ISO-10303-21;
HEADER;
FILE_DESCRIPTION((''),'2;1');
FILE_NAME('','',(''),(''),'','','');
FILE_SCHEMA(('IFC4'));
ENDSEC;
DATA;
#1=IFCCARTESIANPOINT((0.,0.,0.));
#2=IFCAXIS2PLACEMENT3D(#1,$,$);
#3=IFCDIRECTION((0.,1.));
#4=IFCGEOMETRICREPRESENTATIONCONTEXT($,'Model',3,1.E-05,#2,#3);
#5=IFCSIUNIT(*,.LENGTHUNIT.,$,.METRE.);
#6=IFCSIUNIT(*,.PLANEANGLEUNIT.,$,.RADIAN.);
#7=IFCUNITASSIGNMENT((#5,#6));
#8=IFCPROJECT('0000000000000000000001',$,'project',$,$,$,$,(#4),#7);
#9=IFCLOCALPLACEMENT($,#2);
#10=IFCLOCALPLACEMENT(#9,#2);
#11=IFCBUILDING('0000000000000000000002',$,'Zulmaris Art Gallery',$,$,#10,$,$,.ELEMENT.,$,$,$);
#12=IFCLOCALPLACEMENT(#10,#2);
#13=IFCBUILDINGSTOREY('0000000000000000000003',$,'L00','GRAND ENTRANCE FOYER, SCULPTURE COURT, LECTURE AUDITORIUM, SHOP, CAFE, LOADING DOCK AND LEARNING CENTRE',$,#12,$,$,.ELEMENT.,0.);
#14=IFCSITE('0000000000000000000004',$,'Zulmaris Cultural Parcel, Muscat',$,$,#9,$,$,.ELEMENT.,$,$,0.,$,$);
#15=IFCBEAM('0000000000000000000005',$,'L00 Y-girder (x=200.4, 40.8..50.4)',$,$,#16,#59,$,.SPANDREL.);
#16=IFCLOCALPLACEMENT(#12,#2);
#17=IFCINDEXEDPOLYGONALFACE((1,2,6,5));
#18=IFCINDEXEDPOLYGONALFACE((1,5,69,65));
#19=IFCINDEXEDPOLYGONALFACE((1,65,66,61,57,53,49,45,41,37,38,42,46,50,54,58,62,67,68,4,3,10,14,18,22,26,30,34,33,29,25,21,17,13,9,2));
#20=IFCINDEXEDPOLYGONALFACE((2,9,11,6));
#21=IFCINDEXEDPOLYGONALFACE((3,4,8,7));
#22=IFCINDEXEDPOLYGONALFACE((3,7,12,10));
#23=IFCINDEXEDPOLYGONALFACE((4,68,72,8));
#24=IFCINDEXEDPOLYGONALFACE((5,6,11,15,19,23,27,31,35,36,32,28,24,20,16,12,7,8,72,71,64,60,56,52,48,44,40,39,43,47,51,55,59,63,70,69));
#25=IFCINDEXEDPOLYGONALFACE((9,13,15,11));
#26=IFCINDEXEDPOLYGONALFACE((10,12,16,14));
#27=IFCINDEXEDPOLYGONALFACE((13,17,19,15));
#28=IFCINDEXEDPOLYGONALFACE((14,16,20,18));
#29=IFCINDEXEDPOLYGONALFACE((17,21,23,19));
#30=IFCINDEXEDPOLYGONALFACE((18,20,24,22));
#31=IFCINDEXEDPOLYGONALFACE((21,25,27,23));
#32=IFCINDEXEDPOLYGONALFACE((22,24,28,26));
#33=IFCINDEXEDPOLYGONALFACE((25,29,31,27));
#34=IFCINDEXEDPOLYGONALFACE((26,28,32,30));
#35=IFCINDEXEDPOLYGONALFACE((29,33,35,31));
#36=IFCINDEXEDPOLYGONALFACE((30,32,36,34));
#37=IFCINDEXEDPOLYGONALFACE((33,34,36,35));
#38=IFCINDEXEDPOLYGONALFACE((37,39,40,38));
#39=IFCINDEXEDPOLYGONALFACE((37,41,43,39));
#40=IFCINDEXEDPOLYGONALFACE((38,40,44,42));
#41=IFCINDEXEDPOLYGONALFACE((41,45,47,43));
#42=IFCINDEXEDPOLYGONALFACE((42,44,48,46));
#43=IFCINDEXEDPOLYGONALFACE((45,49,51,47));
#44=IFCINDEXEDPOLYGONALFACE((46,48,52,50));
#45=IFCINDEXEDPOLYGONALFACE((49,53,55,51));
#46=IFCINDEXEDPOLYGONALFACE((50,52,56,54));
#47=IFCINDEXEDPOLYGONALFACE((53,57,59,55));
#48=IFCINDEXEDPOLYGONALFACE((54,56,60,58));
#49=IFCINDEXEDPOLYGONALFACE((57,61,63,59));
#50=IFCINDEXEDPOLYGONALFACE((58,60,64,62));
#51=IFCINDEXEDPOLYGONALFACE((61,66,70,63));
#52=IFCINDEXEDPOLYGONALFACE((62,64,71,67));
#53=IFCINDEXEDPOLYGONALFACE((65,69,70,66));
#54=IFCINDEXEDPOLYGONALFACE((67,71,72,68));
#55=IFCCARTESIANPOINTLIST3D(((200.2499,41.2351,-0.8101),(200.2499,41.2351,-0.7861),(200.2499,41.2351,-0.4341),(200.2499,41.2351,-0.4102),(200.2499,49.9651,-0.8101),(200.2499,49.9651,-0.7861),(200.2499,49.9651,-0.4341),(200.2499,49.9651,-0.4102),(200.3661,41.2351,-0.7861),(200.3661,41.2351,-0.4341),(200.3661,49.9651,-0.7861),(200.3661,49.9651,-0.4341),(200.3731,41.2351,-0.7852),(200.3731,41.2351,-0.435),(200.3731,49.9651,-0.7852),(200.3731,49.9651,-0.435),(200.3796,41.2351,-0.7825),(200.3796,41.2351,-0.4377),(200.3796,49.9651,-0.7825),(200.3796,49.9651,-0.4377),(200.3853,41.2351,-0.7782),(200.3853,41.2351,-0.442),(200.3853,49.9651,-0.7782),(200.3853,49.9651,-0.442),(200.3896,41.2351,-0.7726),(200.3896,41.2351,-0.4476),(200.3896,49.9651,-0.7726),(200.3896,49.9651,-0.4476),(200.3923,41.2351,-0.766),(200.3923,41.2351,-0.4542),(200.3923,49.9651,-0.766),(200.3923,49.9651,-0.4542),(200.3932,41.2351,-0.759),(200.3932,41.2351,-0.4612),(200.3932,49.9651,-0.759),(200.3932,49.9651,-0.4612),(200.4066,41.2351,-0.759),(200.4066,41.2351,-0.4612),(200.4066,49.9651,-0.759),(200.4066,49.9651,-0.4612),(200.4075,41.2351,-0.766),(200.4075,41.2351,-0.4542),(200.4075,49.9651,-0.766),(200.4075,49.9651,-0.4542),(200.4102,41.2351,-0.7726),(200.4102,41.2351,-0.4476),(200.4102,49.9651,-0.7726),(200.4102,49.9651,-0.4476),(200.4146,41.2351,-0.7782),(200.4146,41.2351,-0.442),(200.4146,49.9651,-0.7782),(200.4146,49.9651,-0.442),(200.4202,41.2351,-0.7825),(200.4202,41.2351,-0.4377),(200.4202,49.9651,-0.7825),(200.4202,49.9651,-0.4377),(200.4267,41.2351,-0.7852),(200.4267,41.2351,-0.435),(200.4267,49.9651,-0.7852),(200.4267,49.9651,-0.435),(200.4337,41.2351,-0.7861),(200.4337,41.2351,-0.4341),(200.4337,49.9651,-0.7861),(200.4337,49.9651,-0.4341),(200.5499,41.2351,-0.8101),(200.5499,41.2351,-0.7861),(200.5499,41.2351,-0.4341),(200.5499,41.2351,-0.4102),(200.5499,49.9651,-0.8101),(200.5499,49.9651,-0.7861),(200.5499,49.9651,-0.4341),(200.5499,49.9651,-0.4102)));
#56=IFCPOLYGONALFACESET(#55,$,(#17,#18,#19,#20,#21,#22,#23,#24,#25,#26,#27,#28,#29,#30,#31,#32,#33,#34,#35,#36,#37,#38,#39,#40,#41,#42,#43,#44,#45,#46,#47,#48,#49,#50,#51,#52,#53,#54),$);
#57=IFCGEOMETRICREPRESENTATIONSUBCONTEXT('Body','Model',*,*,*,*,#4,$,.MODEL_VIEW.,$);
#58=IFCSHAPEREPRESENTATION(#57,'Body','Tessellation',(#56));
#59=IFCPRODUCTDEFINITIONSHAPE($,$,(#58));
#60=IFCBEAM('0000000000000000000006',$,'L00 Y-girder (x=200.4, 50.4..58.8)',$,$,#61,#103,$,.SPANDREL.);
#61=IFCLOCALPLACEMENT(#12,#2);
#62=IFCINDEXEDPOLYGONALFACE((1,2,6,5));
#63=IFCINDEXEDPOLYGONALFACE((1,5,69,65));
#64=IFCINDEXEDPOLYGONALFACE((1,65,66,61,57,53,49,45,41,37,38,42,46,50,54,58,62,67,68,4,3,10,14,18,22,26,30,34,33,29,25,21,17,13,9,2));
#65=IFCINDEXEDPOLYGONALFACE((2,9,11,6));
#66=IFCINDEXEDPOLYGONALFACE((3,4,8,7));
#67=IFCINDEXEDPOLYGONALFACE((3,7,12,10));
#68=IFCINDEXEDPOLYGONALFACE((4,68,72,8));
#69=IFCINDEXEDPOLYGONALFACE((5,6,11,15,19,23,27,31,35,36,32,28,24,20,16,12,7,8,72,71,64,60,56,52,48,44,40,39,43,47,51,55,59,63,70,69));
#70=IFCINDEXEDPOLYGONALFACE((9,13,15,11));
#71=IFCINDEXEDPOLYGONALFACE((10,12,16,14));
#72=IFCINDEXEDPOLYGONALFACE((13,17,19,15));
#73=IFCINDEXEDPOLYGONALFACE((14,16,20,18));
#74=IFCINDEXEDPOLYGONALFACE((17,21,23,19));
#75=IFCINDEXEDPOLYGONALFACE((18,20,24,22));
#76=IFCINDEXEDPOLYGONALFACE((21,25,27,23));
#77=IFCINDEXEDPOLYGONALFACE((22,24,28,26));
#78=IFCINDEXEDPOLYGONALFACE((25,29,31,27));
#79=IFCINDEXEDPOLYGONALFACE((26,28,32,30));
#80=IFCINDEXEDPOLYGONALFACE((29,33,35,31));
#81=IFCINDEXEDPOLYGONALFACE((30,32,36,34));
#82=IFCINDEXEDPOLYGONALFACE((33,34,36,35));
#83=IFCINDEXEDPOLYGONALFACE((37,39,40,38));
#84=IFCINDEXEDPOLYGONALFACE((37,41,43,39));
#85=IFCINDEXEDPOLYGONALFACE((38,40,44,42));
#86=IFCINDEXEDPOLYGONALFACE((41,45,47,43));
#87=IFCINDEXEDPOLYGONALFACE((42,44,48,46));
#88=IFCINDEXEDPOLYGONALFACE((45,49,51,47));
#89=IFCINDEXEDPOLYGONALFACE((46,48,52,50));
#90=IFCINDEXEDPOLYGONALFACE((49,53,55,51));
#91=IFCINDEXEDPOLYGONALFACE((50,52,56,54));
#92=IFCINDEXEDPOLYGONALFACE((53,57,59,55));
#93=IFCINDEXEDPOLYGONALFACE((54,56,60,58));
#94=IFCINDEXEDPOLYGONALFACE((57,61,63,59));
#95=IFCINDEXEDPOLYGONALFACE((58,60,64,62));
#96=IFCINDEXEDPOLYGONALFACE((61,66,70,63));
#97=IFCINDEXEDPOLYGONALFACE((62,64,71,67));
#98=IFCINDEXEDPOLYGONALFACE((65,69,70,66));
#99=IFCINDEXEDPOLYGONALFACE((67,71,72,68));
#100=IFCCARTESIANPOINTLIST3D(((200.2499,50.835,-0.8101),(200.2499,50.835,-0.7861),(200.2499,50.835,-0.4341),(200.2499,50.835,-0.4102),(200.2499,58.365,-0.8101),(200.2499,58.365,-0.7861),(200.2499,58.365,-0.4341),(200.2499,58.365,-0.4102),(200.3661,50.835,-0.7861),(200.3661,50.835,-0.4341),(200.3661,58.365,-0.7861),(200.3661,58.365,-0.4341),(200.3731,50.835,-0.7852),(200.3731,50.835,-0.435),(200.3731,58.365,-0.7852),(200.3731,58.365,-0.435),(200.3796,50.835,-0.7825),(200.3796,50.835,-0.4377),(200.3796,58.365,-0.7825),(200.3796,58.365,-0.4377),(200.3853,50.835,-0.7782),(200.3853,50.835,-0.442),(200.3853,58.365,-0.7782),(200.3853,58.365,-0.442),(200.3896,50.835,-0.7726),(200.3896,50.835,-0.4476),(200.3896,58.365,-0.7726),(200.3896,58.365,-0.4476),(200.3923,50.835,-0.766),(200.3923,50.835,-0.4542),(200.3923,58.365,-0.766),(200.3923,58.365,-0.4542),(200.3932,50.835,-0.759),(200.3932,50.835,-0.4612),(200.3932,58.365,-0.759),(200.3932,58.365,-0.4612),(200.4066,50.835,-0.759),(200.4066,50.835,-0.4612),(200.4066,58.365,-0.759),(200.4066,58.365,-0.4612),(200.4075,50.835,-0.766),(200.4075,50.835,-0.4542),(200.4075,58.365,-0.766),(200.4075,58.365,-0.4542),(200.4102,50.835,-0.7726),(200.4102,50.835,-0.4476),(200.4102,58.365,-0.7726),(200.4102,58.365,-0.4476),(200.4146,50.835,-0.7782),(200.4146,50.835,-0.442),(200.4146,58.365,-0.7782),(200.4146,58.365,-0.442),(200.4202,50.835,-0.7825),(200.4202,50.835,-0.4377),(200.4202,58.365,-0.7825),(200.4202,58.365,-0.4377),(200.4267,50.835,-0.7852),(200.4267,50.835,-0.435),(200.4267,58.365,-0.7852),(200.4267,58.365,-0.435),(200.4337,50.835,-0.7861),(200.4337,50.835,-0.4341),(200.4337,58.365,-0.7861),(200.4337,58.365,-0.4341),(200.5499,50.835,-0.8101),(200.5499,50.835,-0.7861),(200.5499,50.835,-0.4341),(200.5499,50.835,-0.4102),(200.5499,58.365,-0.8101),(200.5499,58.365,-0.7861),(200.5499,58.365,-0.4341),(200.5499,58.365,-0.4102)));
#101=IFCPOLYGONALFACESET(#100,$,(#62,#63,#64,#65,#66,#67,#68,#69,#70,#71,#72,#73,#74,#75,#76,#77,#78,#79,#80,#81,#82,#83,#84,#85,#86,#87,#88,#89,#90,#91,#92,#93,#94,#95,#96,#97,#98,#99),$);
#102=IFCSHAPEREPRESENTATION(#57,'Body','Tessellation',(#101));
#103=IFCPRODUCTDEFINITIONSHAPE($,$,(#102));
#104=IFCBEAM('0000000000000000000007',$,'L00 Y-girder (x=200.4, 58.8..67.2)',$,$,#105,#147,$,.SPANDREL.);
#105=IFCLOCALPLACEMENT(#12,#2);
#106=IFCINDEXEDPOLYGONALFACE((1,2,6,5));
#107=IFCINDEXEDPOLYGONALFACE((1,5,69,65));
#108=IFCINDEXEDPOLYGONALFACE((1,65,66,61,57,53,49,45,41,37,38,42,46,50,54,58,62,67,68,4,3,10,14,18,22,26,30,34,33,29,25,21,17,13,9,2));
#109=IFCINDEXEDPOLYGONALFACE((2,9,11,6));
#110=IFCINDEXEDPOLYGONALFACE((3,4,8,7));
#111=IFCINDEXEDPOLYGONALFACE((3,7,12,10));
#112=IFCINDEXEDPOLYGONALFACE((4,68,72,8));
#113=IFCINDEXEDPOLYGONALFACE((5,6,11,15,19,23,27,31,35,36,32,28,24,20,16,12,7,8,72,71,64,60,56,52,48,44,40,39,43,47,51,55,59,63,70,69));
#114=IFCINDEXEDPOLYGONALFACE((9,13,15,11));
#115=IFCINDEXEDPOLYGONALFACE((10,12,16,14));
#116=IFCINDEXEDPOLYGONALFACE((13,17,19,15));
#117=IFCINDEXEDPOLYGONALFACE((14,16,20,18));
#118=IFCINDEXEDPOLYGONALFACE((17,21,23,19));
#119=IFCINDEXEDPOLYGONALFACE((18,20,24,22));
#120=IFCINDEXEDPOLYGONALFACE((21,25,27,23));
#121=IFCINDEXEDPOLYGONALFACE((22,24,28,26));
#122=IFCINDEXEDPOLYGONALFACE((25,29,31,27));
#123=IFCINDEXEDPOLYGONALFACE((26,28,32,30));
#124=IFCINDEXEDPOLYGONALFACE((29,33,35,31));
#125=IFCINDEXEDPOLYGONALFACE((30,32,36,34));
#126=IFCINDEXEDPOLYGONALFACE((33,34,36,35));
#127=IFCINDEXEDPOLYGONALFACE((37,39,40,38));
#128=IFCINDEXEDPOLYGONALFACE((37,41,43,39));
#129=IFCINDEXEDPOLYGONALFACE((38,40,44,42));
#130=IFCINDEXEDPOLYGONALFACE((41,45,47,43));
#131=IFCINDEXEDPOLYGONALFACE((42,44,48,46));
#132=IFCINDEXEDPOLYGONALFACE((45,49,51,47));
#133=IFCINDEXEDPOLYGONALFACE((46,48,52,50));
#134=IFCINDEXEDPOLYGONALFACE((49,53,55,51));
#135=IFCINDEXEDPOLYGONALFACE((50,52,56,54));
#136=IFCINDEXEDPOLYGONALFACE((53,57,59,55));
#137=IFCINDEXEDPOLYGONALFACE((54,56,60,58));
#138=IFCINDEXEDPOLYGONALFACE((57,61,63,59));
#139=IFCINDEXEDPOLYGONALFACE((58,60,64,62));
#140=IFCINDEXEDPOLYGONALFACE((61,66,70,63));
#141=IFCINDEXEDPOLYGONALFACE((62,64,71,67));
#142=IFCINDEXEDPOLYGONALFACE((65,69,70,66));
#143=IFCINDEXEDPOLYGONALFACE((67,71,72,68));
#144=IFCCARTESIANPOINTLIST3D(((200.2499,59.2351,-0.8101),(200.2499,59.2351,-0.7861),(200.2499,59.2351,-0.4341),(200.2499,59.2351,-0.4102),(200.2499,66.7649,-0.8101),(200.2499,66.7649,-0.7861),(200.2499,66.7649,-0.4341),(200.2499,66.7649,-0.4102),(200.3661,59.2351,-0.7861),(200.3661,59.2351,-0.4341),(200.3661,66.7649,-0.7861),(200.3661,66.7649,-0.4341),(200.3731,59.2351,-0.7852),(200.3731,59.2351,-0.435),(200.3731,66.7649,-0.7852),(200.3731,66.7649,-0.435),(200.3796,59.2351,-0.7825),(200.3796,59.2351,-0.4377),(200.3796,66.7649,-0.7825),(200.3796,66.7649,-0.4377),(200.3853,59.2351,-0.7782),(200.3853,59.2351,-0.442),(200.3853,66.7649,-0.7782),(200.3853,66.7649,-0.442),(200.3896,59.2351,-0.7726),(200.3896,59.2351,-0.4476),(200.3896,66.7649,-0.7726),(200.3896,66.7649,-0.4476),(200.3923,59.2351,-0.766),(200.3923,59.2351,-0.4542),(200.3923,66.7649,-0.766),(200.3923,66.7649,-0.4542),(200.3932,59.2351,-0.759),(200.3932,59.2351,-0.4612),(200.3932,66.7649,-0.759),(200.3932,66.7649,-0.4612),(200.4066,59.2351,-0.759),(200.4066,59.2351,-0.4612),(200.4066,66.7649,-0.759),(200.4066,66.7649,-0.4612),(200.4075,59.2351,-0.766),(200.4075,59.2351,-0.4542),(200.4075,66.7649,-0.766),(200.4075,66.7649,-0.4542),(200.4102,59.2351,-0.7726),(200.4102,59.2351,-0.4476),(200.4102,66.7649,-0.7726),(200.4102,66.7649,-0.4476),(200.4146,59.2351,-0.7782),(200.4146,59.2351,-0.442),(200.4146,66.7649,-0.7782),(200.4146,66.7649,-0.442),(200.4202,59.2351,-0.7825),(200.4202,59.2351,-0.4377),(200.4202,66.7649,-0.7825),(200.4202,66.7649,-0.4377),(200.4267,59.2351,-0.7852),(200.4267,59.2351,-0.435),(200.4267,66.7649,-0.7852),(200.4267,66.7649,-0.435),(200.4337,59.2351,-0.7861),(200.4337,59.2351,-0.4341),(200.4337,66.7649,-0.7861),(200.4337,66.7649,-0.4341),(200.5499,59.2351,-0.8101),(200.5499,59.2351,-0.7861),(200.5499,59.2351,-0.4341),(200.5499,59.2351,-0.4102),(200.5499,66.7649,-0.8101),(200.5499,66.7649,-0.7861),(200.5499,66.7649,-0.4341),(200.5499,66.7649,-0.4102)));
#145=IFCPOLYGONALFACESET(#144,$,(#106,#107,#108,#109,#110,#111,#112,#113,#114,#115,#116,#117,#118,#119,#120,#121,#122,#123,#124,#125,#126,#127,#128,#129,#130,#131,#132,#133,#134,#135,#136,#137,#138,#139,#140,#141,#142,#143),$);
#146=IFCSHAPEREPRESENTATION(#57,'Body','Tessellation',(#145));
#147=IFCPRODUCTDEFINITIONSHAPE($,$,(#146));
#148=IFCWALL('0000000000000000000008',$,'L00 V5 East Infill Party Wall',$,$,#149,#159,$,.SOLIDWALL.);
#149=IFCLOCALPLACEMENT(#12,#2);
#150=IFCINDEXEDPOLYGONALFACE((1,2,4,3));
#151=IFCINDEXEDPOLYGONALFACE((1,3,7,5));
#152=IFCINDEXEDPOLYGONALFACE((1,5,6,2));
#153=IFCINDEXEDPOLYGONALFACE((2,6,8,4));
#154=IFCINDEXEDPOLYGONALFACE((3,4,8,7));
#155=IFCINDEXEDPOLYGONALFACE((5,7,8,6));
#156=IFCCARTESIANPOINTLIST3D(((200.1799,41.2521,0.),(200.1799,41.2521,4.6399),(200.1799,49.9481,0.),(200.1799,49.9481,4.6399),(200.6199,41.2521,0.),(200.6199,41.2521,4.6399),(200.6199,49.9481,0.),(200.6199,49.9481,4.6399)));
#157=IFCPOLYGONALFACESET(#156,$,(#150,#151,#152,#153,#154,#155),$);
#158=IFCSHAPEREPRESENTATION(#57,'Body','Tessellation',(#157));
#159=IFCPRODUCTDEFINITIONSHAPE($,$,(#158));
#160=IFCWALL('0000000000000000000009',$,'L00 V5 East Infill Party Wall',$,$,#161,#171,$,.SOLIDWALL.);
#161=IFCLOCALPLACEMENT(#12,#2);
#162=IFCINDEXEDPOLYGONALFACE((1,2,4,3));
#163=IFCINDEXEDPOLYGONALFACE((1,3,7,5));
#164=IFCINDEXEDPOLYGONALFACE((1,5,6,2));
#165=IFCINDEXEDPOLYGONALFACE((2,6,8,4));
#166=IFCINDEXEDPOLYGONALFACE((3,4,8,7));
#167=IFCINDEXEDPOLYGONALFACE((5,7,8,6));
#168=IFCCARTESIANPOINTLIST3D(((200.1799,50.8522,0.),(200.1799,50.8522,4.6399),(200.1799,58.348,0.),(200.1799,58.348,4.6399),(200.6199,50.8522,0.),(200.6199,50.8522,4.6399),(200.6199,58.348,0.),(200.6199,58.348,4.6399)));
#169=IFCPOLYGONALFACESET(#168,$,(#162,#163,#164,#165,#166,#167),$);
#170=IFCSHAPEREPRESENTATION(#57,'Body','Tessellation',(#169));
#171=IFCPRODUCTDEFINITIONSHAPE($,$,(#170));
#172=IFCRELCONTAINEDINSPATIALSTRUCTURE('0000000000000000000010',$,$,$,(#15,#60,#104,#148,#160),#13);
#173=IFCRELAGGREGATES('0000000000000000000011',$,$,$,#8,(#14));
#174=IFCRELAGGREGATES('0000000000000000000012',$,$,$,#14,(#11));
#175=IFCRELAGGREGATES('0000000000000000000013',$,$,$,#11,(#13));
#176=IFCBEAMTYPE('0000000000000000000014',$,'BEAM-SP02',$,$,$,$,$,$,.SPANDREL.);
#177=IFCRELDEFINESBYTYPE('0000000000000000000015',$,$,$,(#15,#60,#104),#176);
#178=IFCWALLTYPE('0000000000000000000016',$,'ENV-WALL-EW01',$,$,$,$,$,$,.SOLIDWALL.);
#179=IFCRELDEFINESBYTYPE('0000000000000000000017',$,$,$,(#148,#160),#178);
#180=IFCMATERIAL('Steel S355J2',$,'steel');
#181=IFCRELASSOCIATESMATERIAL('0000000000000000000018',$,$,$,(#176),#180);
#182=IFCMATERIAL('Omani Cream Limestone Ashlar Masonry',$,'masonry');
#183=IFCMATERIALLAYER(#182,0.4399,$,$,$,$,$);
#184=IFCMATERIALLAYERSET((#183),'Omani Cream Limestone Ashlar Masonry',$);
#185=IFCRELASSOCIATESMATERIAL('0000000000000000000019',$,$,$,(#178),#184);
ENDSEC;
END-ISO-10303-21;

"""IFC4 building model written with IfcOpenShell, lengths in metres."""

from ifc_helpers import new_model, si_unit, direction, frame, frame_2d, origin, origin_2d, place, context, subcontext, project, spatial, rectangle, i_section, extrude, material, layer, layer_set, material_profile, profile_set, type_object, element, save


model = new_model("IFC4")

# Units and contexts
model_context = context("Model", 3, precision=1e-05, world=origin(), true_north=direction((0.0, 1.0)))
body_context = subcontext(model_context, "Body", "Model", "MODEL_VIEW")
ifc_project = project(units=[si_unit("LENGTHUNIT", "METRE"), si_unit("PLANEANGLEUNIT", "RADIAN")], contexts=[model_context])

# Site, building, storey
site_placement = place(None, origin())
site = spatial("IfcSite", under=ifc_project, at=site_placement, Name="Zulmaris Cultural Parcel, Muscat", CompositionType="ELEMENT", RefElevation=0.0)
building_placement = place(site_placement, origin())
building = spatial("IfcBuilding", under=site, at=building_placement, Name="Zulmaris Art Gallery", CompositionType="ELEMENT")
storey_placement = place(building_placement, origin())
storey = spatial("IfcBuildingStorey", under=building, at=storey_placement, Name="L00", Description="GRAND ENTRANCE FOYER, SCULPTURE COURT, LECTURE AUDITORIUM, SHOP, CAFE, LOADING DOCK AND LEARNING CENTRE", CompositionType="ELEMENT", Elevation=0.0)

# Beams
ifc_material_1 = material(Name="Steel S355J2", Category="steel")
ifc_material_profile_1 = material_profile(ifc_material_1, i_section(OverallWidth=0.3, OverallDepth=0.3999, WebThickness=0.0134, FlangeThickness=0.0239, FilletRadius=0.0271, at=origin_2d()), Name="HEB 400")
ifc_profile_set_1 = profile_set([ifc_material_profile_1], Name="Steel S355J2")
beam_type_1 = type_object("IfcBeamType", Name="BEAM-SP02", PredefinedType="SPANDREL", material=ifc_profile_set_1)
beam_1_placement = place(storey_placement, frame((200.3999, 41.2351, -0.6101), z_axis=(0.0, 1.0, 0.0), x_axis=(-1.0, 0.0, 0.0)))
element("IfcBeam", 1, at=beam_1_placement, inside=storey, type_object=beam_type_1, Name="L00 Y-girder (x=200.4, 40.8..50.4)", PredefinedType="SPANDREL", context=body_context, shape_type="SweptSolid", body=[
    extrude(i_section(OverallWidth=0.3, OverallDepth=0.3999, WebThickness=0.0134, FlangeThickness=0.0239, FilletRadius=0.0271, at=origin_2d()), origin(), (0.0, 0.0, 1.0), 8.73),
])
beam_2_placement = place(storey_placement, frame((200.3999, 50.835, -0.6101), z_axis=(0.0, 1.0, 0.0), x_axis=(-1.0, 0.0, 0.0)))
element("IfcBeam", 2, at=beam_2_placement, inside=storey, type_object=beam_type_1, Name="L00 Y-girder (x=200.4, 50.4..58.8)", PredefinedType="SPANDREL", context=body_context, shape_type="SweptSolid", body=[
    extrude(i_section(OverallWidth=0.3, OverallDepth=0.3999, WebThickness=0.0134, FlangeThickness=0.0239, FilletRadius=0.0271, at=origin_2d()), origin(), (0.0, 0.0, 1.0), 7.53),
])
beam_3_placement = place(storey_placement, frame((200.3999, 59.2351, -0.6101), z_axis=(0.0, 1.0, 0.0), x_axis=(-1.0, 0.0, 0.0)))
element("IfcBeam", 3, at=beam_3_placement, inside=storey, type_object=beam_type_1, Name="L00 Y-girder (x=200.4, 58.8..67.2)", PredefinedType="SPANDREL", context=body_context, shape_type="SweptSolid", body=[
    extrude(i_section(OverallWidth=0.3, OverallDepth=0.3999, WebThickness=0.0134, FlangeThickness=0.0239, FilletRadius=0.0271, at=origin_2d()), origin(), (0.0, 0.0, 1.0), 7.5298),
])

# Walls
ifc_material_2 = material(Name="Omani Cream Limestone Ashlar Masonry", Category="masonry")
ifc_layer_1 = layer(ifc_material_2, 0.4399)
ifc_layer_set_1 = layer_set([ifc_layer_1], Name="Omani Cream Limestone Ashlar Masonry")
wall_type_1 = type_object("IfcWallType", Name="ENV-WALL-EW01", PredefinedType="SOLIDWALL", material=ifc_layer_set_1)
wall_1_placement = place(storey_placement, frame((200.3999, 41.252, 0.0), z_axis=(0.0, 0.0, 1.0), x_axis=(0.0, 1.0, 0.0)))
element("IfcWall", 4, at=wall_1_placement, inside=storey, type_object=wall_type_1, Name="L00 V5 East Infill Party Wall", PredefinedType="SOLIDWALL", context=body_context, shape_type="SweptSolid", body=[
    extrude(rectangle(XDim=8.696, YDim=0.4399, at=frame_2d((4.3481, 0.0))), origin(), (0.0, 0.0, 1.0), 4.6399),
])
wall_2_placement = place(storey_placement, frame((200.3999, 50.8521, 0.0), z_axis=(0.0, 0.0, 1.0), x_axis=(0.0, 1.0, 0.0)))
element("IfcWall", 5, at=wall_2_placement, inside=storey, type_object=wall_type_1, Name="L00 V5 East Infill Party Wall", PredefinedType="SOLIDWALL", context=body_context, shape_type="SweptSolid", body=[
    extrude(rectangle(XDim=7.4958, YDim=0.4399, at=frame_2d((3.748, 0.0))), origin(), (0.0, 0.0, 1.0), 4.6399),
])

save(model, "model.ifc")
